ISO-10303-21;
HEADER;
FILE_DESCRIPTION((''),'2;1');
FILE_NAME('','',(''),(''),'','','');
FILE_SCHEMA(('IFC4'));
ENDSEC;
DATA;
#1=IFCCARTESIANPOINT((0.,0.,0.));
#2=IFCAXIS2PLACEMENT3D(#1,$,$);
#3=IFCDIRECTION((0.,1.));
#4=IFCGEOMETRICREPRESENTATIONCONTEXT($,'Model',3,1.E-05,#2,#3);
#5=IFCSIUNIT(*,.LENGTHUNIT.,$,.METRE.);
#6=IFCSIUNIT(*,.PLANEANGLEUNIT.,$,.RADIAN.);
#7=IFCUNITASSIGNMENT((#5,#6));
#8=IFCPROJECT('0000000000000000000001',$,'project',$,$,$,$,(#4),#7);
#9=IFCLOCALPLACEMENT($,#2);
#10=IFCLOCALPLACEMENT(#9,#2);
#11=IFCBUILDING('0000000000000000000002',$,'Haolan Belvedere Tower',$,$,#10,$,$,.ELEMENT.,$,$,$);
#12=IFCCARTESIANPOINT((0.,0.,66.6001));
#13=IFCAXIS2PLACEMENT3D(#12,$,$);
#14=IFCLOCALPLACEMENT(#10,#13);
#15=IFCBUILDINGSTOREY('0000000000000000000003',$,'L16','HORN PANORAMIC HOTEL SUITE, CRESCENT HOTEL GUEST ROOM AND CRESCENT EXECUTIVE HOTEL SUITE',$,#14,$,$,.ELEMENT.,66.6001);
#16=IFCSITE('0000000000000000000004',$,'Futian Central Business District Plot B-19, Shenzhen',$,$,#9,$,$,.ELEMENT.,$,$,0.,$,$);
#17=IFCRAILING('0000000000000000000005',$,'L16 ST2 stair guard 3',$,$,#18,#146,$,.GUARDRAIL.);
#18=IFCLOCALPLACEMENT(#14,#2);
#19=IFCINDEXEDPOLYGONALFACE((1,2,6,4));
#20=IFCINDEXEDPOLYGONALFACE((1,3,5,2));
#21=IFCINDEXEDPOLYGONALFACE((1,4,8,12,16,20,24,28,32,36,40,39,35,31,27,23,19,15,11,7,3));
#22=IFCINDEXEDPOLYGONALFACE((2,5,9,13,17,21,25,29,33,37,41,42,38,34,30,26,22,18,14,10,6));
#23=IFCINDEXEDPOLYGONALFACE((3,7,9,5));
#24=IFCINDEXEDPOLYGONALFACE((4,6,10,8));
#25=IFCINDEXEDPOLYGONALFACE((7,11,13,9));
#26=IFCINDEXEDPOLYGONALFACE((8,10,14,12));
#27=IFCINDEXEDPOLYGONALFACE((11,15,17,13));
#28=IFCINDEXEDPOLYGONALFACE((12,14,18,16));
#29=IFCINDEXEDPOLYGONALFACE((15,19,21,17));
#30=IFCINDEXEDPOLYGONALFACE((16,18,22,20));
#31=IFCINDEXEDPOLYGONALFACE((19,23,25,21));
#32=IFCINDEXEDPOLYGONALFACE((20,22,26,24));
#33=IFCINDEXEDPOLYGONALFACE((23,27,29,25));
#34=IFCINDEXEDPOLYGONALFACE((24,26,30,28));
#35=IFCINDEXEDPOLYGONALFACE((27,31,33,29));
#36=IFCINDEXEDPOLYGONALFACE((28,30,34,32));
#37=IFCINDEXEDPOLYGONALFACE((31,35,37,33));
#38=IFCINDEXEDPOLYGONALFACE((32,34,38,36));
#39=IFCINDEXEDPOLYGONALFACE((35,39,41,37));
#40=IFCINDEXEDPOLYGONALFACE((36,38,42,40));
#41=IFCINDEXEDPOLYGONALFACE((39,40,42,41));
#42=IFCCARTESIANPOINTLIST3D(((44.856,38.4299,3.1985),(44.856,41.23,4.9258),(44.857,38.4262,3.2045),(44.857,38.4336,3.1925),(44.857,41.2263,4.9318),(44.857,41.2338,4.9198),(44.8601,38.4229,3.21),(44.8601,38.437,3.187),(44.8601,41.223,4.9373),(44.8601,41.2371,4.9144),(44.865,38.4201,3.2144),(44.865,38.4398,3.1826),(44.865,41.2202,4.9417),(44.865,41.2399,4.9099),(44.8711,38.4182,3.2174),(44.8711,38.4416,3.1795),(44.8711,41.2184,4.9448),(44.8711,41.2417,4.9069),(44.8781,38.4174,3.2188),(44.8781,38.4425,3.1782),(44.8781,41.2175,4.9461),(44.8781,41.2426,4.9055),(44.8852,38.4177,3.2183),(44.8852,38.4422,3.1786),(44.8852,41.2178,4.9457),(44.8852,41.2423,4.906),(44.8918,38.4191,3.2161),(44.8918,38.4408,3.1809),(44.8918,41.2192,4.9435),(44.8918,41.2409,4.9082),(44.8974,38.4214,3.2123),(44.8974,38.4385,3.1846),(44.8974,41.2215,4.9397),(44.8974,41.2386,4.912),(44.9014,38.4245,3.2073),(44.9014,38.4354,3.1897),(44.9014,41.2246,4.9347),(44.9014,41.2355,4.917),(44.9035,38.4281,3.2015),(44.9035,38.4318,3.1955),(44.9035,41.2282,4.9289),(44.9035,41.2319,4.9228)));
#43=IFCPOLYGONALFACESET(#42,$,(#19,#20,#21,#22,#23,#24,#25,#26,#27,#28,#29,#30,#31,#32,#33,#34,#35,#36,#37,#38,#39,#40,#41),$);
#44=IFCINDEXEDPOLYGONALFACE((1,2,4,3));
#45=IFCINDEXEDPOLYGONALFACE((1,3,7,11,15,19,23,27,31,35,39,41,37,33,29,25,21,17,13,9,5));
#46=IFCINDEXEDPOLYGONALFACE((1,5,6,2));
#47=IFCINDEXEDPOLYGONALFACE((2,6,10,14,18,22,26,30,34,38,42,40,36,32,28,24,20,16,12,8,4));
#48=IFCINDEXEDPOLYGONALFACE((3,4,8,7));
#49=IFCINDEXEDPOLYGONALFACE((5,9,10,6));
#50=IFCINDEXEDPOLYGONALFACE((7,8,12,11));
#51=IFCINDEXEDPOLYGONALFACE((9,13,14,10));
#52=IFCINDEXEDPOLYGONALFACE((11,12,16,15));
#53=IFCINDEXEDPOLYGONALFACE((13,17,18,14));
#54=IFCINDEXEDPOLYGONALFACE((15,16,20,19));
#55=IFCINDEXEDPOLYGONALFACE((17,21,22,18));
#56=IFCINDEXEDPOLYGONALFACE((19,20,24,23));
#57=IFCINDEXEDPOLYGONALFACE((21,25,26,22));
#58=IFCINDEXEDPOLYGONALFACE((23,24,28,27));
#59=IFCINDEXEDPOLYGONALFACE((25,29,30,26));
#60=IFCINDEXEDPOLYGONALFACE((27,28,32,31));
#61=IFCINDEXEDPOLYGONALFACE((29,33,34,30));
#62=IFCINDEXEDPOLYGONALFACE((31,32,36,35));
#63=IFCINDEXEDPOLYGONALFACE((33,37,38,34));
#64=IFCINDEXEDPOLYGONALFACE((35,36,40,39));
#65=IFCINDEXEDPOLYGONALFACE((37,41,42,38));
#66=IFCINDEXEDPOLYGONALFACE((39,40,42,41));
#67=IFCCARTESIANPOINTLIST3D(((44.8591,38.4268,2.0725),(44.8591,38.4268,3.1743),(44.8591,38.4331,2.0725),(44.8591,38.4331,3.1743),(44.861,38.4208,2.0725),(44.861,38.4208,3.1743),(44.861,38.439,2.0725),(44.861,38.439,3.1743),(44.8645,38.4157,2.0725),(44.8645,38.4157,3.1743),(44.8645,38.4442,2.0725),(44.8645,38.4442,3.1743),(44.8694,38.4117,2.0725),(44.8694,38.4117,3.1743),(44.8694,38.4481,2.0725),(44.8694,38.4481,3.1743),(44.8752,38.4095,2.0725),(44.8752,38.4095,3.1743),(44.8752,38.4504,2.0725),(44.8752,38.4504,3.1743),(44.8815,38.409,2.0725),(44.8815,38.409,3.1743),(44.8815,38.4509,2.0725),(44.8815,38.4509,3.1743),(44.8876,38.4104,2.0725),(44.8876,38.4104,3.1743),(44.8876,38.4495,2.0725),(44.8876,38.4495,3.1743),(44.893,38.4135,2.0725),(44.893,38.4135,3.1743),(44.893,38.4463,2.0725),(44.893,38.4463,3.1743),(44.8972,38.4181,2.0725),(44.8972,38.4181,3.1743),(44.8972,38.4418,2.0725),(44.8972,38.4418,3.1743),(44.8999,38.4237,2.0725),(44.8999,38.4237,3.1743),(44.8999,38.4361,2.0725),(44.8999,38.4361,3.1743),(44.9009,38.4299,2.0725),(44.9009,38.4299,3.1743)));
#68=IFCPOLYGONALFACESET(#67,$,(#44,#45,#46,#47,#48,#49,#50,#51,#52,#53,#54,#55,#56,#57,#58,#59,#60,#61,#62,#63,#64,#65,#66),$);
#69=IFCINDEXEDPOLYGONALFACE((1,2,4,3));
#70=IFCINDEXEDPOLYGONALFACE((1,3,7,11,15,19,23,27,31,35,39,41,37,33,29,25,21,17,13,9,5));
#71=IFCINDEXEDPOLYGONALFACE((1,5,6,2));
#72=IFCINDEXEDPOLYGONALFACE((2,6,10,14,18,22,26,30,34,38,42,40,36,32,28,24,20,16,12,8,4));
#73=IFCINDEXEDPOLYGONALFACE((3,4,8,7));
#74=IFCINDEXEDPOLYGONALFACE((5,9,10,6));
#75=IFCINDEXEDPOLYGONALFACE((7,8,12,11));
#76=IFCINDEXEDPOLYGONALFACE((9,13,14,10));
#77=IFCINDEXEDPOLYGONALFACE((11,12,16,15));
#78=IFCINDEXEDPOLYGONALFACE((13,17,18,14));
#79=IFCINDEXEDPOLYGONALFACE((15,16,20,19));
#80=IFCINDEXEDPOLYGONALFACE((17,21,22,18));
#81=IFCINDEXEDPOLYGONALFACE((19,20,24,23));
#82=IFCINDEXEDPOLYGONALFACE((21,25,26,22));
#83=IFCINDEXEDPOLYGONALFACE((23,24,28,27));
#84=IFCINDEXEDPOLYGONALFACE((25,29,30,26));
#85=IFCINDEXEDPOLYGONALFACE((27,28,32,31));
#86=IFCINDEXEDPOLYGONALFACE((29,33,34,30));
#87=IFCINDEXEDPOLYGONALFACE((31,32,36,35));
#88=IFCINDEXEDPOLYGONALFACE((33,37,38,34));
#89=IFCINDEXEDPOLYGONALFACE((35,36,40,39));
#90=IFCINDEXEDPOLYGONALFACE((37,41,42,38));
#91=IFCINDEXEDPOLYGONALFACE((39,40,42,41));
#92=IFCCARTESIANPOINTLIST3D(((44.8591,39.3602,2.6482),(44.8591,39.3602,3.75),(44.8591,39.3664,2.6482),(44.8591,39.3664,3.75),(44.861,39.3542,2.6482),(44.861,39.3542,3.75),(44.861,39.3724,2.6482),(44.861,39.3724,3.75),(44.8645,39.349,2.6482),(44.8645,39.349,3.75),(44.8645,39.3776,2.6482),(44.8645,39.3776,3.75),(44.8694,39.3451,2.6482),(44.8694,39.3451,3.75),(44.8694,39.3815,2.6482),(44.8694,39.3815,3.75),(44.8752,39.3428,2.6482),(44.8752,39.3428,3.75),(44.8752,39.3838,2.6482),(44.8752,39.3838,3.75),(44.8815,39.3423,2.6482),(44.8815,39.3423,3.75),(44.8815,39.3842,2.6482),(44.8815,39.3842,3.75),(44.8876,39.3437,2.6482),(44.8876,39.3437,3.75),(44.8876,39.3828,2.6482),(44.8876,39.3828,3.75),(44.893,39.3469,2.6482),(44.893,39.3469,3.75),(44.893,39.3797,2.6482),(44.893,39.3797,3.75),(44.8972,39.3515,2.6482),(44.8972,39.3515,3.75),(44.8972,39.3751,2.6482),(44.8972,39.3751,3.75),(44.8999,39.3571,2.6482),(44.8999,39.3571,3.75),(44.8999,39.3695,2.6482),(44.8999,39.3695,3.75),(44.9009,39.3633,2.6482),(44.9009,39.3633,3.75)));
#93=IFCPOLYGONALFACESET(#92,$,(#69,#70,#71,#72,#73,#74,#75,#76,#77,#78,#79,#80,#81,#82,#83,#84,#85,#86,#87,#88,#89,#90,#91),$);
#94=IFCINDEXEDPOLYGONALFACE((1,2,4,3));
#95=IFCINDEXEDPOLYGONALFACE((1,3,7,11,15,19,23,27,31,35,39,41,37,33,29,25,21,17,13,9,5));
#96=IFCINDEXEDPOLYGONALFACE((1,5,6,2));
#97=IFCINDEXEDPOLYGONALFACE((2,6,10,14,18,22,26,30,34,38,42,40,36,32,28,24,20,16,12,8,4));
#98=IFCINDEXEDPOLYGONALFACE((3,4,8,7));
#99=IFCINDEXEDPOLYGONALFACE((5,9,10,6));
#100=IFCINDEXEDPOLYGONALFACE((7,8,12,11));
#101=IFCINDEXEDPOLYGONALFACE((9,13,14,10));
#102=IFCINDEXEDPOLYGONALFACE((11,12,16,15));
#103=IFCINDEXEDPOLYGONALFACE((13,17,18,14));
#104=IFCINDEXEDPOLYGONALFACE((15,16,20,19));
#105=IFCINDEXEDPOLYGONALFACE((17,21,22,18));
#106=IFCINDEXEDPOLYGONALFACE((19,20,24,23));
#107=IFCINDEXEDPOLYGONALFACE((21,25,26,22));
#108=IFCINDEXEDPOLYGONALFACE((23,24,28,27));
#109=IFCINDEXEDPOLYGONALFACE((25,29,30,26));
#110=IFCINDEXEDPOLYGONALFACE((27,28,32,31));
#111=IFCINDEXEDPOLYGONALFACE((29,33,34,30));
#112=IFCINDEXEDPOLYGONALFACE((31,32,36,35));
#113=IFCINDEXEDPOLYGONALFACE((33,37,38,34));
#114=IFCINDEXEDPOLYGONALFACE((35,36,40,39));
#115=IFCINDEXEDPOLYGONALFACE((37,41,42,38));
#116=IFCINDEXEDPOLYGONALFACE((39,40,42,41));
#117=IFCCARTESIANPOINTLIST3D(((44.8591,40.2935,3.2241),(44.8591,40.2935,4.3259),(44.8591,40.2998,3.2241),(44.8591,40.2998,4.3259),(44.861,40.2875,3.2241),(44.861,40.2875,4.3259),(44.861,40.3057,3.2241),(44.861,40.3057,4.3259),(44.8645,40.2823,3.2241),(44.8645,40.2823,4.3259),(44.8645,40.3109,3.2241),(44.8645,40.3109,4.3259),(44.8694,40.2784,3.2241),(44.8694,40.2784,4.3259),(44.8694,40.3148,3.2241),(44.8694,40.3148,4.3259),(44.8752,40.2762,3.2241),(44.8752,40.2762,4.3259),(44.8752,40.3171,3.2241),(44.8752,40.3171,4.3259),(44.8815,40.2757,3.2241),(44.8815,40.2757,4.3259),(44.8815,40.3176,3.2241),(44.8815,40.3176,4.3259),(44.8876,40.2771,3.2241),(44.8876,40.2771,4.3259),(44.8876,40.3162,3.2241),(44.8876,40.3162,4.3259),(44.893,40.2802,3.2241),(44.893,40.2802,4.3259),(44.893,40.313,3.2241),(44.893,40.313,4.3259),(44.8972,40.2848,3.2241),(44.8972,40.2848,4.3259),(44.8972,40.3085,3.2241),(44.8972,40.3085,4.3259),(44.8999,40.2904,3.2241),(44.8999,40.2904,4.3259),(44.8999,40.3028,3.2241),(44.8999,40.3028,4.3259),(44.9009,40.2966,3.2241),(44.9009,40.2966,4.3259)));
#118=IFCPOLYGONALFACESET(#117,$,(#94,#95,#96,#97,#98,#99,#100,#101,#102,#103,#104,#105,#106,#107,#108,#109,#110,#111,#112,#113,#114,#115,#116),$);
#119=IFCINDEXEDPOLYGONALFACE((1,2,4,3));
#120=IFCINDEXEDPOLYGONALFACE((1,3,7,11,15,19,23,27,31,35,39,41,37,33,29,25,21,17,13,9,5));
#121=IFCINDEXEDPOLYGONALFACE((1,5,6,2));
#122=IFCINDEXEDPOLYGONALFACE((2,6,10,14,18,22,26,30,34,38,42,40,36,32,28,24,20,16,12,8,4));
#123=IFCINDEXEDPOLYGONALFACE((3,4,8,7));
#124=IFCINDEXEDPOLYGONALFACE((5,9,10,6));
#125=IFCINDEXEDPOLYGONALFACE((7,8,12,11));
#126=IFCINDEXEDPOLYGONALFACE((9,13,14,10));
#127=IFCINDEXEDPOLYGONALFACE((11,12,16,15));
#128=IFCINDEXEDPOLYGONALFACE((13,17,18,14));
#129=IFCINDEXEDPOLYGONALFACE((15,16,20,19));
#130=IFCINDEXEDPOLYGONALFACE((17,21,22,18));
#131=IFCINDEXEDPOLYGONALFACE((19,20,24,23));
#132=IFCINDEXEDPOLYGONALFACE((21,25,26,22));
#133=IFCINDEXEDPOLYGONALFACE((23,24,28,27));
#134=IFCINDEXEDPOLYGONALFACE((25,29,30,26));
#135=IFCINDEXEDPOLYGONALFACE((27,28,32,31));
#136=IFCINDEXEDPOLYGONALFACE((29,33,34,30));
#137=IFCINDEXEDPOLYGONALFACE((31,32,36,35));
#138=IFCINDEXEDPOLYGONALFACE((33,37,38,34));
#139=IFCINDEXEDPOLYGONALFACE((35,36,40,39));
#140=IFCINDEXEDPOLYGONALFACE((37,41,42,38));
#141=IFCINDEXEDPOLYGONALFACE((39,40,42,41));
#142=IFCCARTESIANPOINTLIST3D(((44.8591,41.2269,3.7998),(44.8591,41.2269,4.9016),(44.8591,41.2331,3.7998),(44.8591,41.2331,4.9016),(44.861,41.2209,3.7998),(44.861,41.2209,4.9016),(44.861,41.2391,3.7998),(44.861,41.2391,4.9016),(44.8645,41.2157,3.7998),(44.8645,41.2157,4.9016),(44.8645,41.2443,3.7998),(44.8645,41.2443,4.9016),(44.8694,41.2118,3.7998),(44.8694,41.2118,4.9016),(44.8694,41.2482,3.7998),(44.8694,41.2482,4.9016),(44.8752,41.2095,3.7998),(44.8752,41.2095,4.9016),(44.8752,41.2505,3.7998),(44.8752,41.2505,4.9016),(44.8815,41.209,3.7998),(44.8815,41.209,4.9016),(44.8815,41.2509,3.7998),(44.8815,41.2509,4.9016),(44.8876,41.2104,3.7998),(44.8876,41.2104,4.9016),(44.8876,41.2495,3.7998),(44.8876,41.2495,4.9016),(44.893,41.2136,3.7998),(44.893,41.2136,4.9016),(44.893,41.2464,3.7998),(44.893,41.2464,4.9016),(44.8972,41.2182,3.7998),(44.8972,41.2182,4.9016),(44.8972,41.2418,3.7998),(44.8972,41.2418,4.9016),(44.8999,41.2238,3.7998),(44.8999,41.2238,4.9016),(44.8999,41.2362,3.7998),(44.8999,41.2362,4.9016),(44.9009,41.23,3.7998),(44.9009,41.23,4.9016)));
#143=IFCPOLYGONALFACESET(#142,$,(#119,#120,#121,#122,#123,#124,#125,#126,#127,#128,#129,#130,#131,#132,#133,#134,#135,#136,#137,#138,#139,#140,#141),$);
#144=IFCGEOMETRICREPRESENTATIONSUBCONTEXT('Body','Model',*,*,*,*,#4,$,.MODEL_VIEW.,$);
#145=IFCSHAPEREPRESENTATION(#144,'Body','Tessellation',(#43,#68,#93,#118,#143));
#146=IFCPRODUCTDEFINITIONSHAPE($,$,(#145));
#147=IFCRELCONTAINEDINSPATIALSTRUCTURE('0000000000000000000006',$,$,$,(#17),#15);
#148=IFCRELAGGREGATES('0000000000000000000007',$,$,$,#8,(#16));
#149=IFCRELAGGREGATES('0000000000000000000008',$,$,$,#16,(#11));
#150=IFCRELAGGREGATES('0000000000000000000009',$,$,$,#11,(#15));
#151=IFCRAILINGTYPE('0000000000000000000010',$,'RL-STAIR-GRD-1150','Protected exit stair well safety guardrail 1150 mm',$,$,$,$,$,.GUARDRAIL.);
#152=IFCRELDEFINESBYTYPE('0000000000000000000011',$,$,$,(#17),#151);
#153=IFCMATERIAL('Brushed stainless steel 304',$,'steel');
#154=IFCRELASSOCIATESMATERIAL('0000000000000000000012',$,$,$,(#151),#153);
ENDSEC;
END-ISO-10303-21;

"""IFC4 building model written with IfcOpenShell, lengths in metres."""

from ifc_helpers import new_model, si_unit, direction, frame, origin, origin_2d, place, context, subcontext, project, spatial, circle, extrude, material, type_object, element, save


model = new_model("IFC4")

# Units and contexts
model_context = context("Model", 3, precision=1e-05, world=origin(), true_north=direction((0.0, 1.0)))
body_context = subcontext(model_context, "Body", "Model", "MODEL_VIEW")
ifc_project = project(units=[si_unit("LENGTHUNIT", "METRE"), si_unit("PLANEANGLEUNIT", "RADIAN")], contexts=[model_context])

# Site, building, storey
site_placement = place(None, origin())
site = spatial("IfcSite", under=ifc_project, at=site_placement, Name="Futian Central Business District Plot B-19, Shenzhen", CompositionType="ELEMENT", RefElevation=0.0)
building_placement = place(site_placement, origin())
building = spatial("IfcBuilding", under=site, at=building_placement, Name="Haolan Belvedere Tower", CompositionType="ELEMENT")
storey_placement = place(building_placement, frame((0.0, 0.0, 66.6001)))
storey = spatial("IfcBuildingStorey", under=building, at=storey_placement, Name="L16", Description="HORN PANORAMIC HOTEL SUITE, CRESCENT HOTEL GUEST ROOM AND CRESCENT EXECUTIVE HOTEL SUITE", CompositionType="ELEMENT", Elevation=66.6001)

# Railing
ifc_material_1 = material(Name="Brushed stainless steel 304", Category="steel")
railing_type_1 = type_object("IfcRailingType", Name="RL-STAIR-GRD-1150", Description="Protected exit stair well safety guardrail 1150 mm", PredefinedType="GUARDRAIL", material=ifc_material_1)
railing_1_placement = place(storey_placement, frame((44.8799, 38.4299, 2.0725)))
element("IfcRailing", 1, at=railing_1_placement, inside=storey, type_object=railing_type_1, Name="L16 ST2 stair guard 3", PredefinedType="GUARDRAIL", context=body_context, shape_type="SweptSolid", body=[
    extrude(circle(Radius=0.0239, at=origin_2d()), frame((0.0, 0.0, 1.126), z_axis=(0.0, 0.85109, 0.52502), x_axis=(-1.0, 0.0, 0.0)), (0.0, 0.0, 1.0), 3.29),
    extrude(circle(Radius=0.021, at=origin_2d()), origin(), (0.0, 0.0, 1.0), 1.1018),
    extrude(circle(Radius=0.021, at=origin_2d()), frame((0.0, 0.9333, 0.5757)), (0.0, 0.0, 1.0), 1.1018),
    extrude(circle(Radius=0.021, at=origin_2d()), frame((0.0, 1.8667, 1.1516)), (0.0, 0.0, 1.0), 1.1018),
    extrude(circle(Radius=0.021, at=origin_2d()), frame((0.0, 2.8, 1.7273)), (0.0, 0.0, 1.0), 1.1018),
])

save(model, "model.ifc")
